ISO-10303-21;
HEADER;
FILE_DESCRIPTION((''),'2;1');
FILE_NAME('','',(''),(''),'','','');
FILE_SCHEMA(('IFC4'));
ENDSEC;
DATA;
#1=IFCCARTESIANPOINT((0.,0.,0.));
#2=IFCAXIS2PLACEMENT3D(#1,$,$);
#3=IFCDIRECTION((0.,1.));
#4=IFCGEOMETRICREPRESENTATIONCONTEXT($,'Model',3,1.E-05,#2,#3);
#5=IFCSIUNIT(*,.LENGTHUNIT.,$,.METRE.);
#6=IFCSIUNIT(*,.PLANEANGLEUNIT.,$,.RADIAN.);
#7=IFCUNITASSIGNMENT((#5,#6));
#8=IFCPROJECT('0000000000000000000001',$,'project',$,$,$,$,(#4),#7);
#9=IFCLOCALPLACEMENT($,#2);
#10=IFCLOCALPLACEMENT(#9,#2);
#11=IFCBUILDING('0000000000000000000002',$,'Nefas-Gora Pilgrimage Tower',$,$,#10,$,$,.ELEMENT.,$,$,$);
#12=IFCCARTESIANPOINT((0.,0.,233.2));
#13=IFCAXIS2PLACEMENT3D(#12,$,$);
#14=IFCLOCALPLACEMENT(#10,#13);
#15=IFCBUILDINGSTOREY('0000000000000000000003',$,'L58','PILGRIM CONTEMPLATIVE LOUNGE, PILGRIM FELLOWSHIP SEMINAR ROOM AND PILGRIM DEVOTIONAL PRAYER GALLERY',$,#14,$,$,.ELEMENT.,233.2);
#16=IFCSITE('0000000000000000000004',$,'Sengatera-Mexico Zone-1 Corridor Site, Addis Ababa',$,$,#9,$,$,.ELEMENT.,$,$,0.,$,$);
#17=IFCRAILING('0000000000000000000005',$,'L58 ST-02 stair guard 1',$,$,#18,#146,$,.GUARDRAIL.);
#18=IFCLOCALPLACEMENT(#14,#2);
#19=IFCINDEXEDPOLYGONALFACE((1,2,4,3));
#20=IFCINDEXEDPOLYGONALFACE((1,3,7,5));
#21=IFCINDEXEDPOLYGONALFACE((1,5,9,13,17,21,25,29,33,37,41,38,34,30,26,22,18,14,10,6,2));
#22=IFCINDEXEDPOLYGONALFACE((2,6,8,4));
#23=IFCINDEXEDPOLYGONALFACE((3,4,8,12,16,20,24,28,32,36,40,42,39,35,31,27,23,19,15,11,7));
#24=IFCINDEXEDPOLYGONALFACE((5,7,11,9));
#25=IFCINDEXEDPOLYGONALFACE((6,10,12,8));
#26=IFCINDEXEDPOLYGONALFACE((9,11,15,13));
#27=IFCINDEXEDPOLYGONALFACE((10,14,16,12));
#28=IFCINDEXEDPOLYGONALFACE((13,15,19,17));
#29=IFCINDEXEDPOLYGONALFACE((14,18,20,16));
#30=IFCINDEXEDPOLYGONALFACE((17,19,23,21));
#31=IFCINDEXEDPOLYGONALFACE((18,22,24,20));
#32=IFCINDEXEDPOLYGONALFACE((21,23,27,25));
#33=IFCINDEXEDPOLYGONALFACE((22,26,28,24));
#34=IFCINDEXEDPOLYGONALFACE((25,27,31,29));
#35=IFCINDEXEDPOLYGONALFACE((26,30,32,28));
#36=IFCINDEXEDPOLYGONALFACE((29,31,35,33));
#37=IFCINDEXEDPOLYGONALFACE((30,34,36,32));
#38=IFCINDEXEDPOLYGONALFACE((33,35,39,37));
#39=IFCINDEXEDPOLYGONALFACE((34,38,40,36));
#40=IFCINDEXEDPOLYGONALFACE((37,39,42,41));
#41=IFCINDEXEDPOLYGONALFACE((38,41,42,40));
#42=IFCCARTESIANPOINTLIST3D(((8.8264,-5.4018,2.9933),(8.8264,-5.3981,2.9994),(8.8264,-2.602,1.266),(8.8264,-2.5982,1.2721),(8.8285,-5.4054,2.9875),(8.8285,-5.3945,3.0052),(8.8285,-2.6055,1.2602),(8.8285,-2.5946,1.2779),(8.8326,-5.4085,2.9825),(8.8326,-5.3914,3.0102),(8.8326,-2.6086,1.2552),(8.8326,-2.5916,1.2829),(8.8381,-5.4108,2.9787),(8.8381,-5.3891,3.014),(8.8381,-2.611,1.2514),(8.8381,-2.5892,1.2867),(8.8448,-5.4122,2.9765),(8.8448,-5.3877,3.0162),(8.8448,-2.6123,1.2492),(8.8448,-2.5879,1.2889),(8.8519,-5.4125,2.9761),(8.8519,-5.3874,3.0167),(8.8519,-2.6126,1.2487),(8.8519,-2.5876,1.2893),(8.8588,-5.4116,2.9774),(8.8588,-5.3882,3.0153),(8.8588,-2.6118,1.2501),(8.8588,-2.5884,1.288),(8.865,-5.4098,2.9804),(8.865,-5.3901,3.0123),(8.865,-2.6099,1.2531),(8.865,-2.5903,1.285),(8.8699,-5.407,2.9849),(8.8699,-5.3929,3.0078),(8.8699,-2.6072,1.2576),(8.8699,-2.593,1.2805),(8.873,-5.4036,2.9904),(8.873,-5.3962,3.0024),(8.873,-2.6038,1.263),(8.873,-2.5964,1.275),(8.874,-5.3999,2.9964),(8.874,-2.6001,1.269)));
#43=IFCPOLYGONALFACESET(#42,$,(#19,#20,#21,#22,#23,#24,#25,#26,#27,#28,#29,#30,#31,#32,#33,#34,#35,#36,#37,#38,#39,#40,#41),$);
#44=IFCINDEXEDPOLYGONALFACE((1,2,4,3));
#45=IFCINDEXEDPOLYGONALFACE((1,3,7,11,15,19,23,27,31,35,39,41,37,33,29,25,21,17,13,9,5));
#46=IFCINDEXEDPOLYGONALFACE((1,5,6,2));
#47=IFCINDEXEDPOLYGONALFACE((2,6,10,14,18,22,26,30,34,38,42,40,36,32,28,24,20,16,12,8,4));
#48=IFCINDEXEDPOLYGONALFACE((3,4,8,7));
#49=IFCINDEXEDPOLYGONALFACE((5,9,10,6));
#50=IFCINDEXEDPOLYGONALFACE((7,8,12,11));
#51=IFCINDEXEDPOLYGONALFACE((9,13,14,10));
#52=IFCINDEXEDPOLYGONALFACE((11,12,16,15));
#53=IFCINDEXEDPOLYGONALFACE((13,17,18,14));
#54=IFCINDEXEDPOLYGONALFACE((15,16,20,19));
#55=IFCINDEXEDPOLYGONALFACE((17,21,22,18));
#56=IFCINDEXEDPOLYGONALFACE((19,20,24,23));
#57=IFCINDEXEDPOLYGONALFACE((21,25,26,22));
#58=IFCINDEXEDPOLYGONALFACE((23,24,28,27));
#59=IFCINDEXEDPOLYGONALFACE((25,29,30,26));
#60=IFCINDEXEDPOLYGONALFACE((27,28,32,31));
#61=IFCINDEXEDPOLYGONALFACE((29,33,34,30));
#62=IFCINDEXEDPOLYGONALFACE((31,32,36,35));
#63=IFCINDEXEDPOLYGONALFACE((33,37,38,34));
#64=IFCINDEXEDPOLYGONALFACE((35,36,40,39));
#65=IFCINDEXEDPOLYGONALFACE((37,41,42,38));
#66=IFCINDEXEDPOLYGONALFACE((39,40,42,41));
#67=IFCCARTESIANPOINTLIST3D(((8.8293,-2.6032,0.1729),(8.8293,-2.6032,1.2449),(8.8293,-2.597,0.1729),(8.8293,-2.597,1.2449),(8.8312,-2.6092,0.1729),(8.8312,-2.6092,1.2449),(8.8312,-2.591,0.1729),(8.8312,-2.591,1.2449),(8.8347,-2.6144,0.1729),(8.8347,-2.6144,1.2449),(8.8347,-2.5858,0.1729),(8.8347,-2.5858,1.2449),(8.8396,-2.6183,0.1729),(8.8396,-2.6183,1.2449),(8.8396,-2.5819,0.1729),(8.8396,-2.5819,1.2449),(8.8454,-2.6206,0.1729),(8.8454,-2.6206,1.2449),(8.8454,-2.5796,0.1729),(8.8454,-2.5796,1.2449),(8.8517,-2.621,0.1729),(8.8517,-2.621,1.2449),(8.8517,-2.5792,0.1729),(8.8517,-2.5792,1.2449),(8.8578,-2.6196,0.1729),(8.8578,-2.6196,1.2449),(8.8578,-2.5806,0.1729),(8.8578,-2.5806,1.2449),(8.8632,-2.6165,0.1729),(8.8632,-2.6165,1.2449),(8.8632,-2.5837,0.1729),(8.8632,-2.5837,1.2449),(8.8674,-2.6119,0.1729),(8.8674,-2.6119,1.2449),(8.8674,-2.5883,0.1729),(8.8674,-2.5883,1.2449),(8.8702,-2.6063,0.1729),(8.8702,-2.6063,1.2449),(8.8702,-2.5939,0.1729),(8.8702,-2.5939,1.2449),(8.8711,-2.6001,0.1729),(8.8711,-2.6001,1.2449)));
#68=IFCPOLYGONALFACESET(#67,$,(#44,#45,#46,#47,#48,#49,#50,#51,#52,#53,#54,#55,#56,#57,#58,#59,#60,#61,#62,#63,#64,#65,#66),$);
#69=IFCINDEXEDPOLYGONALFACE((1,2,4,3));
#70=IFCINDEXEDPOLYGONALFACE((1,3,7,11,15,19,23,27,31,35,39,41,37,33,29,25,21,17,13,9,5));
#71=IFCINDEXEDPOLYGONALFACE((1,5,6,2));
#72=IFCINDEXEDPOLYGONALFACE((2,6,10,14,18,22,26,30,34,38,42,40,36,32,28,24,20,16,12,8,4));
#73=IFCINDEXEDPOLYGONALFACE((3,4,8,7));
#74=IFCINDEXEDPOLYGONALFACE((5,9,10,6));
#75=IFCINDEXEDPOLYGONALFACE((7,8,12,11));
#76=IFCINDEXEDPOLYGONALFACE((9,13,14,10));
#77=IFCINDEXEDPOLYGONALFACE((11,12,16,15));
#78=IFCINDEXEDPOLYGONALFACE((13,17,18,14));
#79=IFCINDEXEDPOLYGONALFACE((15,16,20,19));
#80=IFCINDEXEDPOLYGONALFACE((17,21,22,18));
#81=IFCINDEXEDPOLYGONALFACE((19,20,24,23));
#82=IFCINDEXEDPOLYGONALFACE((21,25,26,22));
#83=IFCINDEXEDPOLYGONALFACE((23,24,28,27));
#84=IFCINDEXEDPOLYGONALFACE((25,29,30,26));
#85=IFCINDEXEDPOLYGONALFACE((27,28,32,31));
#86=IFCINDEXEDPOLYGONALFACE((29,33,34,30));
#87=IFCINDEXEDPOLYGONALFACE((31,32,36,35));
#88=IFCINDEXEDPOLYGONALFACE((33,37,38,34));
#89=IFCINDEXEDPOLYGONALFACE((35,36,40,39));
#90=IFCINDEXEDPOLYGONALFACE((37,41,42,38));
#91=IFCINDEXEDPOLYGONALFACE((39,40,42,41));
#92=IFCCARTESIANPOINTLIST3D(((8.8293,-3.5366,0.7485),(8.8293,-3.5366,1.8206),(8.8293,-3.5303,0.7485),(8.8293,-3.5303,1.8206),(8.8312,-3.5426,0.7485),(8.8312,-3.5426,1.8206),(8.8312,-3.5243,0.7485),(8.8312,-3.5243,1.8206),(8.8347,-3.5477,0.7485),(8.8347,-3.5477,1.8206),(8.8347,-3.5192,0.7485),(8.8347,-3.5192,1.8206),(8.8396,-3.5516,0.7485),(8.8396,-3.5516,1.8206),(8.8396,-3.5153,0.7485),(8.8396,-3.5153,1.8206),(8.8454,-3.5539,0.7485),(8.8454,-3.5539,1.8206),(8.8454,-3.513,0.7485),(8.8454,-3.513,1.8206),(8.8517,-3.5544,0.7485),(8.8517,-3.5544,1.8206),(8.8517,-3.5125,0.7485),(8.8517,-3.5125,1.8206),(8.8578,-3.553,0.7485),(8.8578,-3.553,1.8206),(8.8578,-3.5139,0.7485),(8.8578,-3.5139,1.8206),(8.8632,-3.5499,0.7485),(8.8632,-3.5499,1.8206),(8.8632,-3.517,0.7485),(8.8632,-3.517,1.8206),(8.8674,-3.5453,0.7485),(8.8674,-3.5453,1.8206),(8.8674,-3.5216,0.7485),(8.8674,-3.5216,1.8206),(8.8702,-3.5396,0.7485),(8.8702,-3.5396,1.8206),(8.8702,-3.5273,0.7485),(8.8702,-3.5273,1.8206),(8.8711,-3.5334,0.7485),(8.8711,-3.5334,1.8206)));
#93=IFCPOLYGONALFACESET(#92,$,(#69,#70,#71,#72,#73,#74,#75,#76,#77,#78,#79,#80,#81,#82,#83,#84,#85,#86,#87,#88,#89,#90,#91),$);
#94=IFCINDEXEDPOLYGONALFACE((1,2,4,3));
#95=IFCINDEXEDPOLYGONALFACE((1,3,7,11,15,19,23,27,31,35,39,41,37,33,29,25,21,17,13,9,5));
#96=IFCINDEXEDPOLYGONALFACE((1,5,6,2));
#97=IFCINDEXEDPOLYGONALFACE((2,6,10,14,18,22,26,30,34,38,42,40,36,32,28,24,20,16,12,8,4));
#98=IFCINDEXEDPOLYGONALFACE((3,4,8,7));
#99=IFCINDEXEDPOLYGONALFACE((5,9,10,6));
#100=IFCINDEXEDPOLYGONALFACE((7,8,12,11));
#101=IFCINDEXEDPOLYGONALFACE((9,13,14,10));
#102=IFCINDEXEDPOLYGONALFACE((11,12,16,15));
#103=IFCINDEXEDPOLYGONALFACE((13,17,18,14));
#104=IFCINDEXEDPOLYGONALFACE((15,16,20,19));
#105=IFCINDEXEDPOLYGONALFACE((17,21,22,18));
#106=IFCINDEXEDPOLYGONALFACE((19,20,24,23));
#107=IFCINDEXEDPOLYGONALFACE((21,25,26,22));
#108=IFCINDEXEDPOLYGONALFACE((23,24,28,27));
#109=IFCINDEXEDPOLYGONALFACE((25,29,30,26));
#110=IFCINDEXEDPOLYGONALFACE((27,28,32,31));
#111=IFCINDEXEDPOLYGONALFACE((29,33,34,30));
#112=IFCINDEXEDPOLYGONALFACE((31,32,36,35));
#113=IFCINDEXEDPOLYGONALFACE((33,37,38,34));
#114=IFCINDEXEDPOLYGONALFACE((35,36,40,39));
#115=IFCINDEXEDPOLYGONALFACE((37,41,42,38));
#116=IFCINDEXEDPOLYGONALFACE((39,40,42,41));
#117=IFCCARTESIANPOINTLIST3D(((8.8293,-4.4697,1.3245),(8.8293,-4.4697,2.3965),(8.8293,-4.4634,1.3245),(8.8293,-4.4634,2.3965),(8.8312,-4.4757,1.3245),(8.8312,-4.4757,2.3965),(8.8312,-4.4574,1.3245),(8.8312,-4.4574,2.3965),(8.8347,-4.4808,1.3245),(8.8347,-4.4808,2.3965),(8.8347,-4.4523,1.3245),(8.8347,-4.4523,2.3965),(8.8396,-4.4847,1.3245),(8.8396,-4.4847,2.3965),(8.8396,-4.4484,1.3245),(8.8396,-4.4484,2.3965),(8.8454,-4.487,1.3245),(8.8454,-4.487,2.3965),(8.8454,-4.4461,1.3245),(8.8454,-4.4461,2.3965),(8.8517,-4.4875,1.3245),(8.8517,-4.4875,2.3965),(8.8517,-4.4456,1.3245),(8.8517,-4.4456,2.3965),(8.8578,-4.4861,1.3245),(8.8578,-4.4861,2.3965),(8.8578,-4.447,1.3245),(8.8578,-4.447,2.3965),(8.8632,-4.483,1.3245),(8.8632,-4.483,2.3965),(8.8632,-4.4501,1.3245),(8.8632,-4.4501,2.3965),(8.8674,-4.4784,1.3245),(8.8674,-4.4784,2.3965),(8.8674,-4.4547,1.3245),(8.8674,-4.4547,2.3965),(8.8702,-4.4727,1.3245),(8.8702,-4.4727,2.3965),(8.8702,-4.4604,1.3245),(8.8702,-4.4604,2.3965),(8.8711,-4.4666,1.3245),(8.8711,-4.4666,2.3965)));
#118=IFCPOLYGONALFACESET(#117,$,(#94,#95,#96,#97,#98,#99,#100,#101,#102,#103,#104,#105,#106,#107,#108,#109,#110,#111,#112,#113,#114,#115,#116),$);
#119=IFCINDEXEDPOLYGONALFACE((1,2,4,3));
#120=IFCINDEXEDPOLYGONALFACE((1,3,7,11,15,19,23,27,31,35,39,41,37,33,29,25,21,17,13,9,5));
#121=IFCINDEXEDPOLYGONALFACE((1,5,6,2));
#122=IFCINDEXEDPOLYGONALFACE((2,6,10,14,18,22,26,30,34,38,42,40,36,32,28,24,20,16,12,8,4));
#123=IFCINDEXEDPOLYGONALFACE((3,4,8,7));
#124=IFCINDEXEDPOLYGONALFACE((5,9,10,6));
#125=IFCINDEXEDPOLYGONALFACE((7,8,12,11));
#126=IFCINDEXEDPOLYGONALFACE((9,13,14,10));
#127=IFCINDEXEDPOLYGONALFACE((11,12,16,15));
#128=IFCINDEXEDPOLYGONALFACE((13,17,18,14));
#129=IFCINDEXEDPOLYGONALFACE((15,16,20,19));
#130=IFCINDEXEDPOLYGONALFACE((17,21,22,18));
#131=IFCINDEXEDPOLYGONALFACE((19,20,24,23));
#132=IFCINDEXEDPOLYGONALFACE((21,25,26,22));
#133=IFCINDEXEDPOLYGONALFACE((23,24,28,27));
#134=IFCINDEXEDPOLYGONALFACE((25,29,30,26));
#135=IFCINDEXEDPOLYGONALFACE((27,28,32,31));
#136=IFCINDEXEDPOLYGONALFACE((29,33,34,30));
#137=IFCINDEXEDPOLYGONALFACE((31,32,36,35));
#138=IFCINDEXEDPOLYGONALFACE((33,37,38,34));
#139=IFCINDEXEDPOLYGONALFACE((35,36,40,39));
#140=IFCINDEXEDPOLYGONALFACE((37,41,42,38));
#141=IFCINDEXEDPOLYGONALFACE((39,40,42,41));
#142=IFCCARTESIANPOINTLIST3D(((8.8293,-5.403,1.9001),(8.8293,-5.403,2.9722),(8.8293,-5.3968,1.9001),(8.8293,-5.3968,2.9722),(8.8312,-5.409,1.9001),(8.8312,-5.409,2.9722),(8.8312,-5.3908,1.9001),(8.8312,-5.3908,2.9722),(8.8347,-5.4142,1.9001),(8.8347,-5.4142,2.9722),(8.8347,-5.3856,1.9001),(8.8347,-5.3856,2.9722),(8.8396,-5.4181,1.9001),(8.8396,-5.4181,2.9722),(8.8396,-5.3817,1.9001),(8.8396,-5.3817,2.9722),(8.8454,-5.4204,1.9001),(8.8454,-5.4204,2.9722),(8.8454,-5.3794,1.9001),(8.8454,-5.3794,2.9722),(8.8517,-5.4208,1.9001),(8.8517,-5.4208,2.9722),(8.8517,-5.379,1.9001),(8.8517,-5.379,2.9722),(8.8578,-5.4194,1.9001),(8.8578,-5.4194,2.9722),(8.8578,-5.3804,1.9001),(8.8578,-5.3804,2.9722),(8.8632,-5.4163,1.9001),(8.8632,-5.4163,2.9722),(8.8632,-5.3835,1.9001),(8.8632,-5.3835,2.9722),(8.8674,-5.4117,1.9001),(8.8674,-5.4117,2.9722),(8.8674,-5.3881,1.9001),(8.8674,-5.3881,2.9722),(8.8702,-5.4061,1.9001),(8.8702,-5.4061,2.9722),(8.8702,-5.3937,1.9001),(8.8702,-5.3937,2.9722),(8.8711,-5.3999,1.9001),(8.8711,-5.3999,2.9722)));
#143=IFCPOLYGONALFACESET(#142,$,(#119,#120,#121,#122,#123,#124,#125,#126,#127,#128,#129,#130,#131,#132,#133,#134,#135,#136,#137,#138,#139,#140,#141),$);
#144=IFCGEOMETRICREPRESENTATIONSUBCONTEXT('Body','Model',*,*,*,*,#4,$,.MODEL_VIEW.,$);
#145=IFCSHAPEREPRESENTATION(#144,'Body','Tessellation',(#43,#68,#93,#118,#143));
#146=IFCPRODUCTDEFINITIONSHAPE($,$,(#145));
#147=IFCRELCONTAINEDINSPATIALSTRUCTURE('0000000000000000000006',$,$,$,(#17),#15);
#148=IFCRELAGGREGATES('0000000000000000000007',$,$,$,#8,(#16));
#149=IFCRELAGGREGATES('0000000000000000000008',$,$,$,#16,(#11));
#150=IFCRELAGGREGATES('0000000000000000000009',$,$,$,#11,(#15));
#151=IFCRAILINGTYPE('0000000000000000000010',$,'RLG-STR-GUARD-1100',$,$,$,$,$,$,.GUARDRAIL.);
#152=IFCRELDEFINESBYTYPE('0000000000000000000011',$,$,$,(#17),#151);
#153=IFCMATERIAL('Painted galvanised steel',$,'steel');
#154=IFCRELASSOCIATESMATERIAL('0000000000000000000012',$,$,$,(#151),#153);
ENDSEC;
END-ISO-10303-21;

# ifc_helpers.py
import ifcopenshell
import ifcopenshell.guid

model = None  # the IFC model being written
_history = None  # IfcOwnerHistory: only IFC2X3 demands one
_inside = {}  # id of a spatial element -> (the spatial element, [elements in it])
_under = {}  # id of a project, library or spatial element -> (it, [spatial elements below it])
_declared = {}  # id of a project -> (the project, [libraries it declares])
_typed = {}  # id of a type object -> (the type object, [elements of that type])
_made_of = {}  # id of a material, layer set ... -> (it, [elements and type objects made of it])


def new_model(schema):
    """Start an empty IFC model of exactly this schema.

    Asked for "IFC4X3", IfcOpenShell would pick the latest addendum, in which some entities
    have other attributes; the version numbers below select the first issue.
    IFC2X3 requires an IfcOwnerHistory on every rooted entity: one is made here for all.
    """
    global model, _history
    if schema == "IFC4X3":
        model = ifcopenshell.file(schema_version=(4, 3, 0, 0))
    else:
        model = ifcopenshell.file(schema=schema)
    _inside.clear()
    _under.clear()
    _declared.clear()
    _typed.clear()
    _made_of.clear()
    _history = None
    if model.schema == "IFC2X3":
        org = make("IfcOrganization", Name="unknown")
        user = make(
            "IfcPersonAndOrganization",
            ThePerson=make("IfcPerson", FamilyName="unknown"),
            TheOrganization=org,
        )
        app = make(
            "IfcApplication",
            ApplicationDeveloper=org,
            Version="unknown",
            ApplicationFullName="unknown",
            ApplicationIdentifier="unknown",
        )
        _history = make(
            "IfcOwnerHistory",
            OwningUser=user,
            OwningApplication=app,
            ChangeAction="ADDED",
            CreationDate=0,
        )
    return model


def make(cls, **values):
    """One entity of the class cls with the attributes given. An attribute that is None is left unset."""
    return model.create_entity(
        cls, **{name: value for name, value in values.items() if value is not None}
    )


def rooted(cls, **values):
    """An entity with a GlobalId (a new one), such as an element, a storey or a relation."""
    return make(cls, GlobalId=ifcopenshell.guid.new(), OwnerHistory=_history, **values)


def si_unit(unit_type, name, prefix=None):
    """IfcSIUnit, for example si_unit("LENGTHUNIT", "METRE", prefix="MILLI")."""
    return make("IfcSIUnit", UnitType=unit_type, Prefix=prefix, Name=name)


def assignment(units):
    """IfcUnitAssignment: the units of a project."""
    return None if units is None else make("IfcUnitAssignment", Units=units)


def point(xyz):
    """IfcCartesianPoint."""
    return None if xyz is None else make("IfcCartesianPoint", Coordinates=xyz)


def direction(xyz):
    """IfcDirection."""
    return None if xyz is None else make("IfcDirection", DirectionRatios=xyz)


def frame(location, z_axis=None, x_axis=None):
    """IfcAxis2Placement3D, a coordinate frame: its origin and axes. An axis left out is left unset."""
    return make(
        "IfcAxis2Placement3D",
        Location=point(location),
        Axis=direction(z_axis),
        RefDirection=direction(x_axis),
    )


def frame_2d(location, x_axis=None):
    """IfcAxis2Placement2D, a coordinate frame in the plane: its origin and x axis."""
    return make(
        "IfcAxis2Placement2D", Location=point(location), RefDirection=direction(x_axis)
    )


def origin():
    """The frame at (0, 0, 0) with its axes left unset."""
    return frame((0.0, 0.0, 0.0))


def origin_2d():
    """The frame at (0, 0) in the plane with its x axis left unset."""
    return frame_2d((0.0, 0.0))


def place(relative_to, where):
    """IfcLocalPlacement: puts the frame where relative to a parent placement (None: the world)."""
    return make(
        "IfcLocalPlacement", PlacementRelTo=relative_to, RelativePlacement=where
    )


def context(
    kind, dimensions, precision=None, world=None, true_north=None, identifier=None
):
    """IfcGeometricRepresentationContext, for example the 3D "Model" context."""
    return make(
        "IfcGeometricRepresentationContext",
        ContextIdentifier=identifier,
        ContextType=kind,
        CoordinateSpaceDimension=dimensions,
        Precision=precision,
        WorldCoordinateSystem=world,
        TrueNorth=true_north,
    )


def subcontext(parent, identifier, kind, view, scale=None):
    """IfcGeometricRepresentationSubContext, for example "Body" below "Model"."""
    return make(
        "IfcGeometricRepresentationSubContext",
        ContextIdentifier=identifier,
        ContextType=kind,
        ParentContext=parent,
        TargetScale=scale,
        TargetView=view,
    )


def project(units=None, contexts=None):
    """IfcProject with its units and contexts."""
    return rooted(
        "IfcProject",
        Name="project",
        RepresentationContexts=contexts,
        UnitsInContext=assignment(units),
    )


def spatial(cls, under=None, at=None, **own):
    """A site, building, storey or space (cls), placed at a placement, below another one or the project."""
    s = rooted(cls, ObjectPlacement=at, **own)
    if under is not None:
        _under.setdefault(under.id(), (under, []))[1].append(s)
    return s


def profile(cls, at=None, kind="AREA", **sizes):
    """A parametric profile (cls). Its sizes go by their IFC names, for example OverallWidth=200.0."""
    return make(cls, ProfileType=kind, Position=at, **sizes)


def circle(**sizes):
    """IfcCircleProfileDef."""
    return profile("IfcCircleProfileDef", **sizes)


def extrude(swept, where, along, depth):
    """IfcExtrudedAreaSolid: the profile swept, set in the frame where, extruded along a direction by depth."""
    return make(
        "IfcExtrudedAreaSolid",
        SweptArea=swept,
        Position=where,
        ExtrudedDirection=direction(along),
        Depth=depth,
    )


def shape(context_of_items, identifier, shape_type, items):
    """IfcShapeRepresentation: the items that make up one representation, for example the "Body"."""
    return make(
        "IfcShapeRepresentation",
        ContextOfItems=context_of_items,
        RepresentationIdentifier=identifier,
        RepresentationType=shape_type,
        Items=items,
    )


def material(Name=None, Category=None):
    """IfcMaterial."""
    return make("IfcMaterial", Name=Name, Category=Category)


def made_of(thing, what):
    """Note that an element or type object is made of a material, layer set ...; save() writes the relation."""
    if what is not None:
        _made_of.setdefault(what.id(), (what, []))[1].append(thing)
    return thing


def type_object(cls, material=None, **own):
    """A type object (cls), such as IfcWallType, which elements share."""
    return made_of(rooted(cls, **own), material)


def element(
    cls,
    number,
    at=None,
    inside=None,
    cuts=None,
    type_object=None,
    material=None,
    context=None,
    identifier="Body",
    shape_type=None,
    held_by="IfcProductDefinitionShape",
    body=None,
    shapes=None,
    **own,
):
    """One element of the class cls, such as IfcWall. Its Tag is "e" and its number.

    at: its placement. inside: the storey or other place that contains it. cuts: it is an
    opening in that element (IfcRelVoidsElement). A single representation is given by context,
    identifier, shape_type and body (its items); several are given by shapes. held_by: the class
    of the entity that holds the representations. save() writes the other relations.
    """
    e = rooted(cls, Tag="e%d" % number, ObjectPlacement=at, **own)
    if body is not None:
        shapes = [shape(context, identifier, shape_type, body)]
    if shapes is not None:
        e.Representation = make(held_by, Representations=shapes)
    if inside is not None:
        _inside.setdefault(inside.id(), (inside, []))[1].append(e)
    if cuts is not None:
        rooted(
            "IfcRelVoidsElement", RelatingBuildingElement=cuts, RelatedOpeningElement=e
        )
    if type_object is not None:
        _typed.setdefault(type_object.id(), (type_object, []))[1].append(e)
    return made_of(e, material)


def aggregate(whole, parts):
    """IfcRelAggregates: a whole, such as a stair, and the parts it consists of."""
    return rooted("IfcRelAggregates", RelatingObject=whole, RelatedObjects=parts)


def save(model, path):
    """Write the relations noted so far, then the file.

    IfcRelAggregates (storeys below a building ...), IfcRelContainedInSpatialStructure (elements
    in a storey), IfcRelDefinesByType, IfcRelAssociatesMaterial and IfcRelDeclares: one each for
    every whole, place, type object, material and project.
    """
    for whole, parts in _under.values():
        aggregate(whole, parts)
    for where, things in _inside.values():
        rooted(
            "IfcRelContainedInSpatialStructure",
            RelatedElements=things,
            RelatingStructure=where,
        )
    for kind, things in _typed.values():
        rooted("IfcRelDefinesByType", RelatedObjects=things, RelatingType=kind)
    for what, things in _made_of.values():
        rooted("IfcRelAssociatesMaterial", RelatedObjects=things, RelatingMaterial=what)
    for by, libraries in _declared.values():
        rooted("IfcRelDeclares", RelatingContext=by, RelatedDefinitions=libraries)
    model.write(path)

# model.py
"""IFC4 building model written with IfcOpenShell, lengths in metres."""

from ifc_helpers import new_model, si_unit, direction, frame, origin, origin_2d, place, context, subcontext, project, spatial, circle, extrude, material, type_object, element, save


model = new_model("IFC4")

# Units and contexts
model_context = context("Model", 3, precision=1e-05, world=origin(), true_north=direction((0.0, 1.0)))
body_context = subcontext(model_context, "Body", "Model", "MODEL_VIEW")
ifc_project = project(units=[si_unit("LENGTHUNIT", "METRE"), si_unit("PLANEANGLEUNIT", "RADIAN")], contexts=[model_context])

# Site, building, storey
site_placement = place(None, origin())
site = spatial("IfcSite", under=ifc_project, at=site_placement, Name="Sengatera-Mexico Zone-1 Corridor Site, Addis Ababa", CompositionType="ELEMENT", RefElevation=0.0)
building_placement = place(site_placement, origin())
building = spatial("IfcBuilding", under=site, at=building_placement, Name="Nefas-Gora Pilgrimage Tower", CompositionType="ELEMENT")
storey_placement = place(building_placement, frame((0.0, 0.0, 233.2)))
storey = spatial("IfcBuildingStorey", under=building, at=storey_placement, Name="L58", Description="PILGRIM CONTEMPLATIVE LOUNGE, PILGRIM FELLOWSHIP SEMINAR ROOM AND PILGRIM DEVOTIONAL PRAYER GALLERY", CompositionType="ELEMENT", Elevation=233.2)

# Railing
ifc_material_1 = material(Name="Painted galvanised steel", Category="steel")
railing_type_1 = type_object("IfcRailingType", Name="RLG-STR-GUARD-1100", PredefinedType="GUARDRAIL", material=ifc_material_1)
railing_1_placement = place(storey_placement, frame((8.8501, -2.6001, 0.1729)))
element("IfcRailing", 1, at=railing_1_placement, inside=storey, type_object=railing_type_1, Name="L58 ST-02 stair guard 1", PredefinedType="GUARDRAIL", context=body_context, shape_type="SweptSolid", body=[
    extrude(circle(Radius=0.0239, at=origin_2d()), frame((0.0, 0.0, 1.0962), z_axis=(0.0, -0.851069, 0.525054), x_axis=(1.0, 0.0, 0.0)), (0.0, 0.0, 1.0), 3.2898),
    extrude(circle(Radius=0.021, at=origin_2d()), origin(), (0.0, 0.0, 1.0), 1.072),
    extrude(circle(Radius=0.021, at=origin_2d()), frame((0.0, -0.9333, 0.5757)), (0.0, 0.0, 1.0), 1.072),
    extrude(circle(Radius=0.021, at=origin_2d()), frame((0.0, -1.8665, 1.1516)), (0.0, 0.0, 1.0), 1.072),
    extrude(circle(Radius=0.021, at=origin_2d()), frame((0.0, -2.7998, 1.7273)), (0.0, 0.0, 1.0), 1.072),
])

save(model, "model.ifc")
